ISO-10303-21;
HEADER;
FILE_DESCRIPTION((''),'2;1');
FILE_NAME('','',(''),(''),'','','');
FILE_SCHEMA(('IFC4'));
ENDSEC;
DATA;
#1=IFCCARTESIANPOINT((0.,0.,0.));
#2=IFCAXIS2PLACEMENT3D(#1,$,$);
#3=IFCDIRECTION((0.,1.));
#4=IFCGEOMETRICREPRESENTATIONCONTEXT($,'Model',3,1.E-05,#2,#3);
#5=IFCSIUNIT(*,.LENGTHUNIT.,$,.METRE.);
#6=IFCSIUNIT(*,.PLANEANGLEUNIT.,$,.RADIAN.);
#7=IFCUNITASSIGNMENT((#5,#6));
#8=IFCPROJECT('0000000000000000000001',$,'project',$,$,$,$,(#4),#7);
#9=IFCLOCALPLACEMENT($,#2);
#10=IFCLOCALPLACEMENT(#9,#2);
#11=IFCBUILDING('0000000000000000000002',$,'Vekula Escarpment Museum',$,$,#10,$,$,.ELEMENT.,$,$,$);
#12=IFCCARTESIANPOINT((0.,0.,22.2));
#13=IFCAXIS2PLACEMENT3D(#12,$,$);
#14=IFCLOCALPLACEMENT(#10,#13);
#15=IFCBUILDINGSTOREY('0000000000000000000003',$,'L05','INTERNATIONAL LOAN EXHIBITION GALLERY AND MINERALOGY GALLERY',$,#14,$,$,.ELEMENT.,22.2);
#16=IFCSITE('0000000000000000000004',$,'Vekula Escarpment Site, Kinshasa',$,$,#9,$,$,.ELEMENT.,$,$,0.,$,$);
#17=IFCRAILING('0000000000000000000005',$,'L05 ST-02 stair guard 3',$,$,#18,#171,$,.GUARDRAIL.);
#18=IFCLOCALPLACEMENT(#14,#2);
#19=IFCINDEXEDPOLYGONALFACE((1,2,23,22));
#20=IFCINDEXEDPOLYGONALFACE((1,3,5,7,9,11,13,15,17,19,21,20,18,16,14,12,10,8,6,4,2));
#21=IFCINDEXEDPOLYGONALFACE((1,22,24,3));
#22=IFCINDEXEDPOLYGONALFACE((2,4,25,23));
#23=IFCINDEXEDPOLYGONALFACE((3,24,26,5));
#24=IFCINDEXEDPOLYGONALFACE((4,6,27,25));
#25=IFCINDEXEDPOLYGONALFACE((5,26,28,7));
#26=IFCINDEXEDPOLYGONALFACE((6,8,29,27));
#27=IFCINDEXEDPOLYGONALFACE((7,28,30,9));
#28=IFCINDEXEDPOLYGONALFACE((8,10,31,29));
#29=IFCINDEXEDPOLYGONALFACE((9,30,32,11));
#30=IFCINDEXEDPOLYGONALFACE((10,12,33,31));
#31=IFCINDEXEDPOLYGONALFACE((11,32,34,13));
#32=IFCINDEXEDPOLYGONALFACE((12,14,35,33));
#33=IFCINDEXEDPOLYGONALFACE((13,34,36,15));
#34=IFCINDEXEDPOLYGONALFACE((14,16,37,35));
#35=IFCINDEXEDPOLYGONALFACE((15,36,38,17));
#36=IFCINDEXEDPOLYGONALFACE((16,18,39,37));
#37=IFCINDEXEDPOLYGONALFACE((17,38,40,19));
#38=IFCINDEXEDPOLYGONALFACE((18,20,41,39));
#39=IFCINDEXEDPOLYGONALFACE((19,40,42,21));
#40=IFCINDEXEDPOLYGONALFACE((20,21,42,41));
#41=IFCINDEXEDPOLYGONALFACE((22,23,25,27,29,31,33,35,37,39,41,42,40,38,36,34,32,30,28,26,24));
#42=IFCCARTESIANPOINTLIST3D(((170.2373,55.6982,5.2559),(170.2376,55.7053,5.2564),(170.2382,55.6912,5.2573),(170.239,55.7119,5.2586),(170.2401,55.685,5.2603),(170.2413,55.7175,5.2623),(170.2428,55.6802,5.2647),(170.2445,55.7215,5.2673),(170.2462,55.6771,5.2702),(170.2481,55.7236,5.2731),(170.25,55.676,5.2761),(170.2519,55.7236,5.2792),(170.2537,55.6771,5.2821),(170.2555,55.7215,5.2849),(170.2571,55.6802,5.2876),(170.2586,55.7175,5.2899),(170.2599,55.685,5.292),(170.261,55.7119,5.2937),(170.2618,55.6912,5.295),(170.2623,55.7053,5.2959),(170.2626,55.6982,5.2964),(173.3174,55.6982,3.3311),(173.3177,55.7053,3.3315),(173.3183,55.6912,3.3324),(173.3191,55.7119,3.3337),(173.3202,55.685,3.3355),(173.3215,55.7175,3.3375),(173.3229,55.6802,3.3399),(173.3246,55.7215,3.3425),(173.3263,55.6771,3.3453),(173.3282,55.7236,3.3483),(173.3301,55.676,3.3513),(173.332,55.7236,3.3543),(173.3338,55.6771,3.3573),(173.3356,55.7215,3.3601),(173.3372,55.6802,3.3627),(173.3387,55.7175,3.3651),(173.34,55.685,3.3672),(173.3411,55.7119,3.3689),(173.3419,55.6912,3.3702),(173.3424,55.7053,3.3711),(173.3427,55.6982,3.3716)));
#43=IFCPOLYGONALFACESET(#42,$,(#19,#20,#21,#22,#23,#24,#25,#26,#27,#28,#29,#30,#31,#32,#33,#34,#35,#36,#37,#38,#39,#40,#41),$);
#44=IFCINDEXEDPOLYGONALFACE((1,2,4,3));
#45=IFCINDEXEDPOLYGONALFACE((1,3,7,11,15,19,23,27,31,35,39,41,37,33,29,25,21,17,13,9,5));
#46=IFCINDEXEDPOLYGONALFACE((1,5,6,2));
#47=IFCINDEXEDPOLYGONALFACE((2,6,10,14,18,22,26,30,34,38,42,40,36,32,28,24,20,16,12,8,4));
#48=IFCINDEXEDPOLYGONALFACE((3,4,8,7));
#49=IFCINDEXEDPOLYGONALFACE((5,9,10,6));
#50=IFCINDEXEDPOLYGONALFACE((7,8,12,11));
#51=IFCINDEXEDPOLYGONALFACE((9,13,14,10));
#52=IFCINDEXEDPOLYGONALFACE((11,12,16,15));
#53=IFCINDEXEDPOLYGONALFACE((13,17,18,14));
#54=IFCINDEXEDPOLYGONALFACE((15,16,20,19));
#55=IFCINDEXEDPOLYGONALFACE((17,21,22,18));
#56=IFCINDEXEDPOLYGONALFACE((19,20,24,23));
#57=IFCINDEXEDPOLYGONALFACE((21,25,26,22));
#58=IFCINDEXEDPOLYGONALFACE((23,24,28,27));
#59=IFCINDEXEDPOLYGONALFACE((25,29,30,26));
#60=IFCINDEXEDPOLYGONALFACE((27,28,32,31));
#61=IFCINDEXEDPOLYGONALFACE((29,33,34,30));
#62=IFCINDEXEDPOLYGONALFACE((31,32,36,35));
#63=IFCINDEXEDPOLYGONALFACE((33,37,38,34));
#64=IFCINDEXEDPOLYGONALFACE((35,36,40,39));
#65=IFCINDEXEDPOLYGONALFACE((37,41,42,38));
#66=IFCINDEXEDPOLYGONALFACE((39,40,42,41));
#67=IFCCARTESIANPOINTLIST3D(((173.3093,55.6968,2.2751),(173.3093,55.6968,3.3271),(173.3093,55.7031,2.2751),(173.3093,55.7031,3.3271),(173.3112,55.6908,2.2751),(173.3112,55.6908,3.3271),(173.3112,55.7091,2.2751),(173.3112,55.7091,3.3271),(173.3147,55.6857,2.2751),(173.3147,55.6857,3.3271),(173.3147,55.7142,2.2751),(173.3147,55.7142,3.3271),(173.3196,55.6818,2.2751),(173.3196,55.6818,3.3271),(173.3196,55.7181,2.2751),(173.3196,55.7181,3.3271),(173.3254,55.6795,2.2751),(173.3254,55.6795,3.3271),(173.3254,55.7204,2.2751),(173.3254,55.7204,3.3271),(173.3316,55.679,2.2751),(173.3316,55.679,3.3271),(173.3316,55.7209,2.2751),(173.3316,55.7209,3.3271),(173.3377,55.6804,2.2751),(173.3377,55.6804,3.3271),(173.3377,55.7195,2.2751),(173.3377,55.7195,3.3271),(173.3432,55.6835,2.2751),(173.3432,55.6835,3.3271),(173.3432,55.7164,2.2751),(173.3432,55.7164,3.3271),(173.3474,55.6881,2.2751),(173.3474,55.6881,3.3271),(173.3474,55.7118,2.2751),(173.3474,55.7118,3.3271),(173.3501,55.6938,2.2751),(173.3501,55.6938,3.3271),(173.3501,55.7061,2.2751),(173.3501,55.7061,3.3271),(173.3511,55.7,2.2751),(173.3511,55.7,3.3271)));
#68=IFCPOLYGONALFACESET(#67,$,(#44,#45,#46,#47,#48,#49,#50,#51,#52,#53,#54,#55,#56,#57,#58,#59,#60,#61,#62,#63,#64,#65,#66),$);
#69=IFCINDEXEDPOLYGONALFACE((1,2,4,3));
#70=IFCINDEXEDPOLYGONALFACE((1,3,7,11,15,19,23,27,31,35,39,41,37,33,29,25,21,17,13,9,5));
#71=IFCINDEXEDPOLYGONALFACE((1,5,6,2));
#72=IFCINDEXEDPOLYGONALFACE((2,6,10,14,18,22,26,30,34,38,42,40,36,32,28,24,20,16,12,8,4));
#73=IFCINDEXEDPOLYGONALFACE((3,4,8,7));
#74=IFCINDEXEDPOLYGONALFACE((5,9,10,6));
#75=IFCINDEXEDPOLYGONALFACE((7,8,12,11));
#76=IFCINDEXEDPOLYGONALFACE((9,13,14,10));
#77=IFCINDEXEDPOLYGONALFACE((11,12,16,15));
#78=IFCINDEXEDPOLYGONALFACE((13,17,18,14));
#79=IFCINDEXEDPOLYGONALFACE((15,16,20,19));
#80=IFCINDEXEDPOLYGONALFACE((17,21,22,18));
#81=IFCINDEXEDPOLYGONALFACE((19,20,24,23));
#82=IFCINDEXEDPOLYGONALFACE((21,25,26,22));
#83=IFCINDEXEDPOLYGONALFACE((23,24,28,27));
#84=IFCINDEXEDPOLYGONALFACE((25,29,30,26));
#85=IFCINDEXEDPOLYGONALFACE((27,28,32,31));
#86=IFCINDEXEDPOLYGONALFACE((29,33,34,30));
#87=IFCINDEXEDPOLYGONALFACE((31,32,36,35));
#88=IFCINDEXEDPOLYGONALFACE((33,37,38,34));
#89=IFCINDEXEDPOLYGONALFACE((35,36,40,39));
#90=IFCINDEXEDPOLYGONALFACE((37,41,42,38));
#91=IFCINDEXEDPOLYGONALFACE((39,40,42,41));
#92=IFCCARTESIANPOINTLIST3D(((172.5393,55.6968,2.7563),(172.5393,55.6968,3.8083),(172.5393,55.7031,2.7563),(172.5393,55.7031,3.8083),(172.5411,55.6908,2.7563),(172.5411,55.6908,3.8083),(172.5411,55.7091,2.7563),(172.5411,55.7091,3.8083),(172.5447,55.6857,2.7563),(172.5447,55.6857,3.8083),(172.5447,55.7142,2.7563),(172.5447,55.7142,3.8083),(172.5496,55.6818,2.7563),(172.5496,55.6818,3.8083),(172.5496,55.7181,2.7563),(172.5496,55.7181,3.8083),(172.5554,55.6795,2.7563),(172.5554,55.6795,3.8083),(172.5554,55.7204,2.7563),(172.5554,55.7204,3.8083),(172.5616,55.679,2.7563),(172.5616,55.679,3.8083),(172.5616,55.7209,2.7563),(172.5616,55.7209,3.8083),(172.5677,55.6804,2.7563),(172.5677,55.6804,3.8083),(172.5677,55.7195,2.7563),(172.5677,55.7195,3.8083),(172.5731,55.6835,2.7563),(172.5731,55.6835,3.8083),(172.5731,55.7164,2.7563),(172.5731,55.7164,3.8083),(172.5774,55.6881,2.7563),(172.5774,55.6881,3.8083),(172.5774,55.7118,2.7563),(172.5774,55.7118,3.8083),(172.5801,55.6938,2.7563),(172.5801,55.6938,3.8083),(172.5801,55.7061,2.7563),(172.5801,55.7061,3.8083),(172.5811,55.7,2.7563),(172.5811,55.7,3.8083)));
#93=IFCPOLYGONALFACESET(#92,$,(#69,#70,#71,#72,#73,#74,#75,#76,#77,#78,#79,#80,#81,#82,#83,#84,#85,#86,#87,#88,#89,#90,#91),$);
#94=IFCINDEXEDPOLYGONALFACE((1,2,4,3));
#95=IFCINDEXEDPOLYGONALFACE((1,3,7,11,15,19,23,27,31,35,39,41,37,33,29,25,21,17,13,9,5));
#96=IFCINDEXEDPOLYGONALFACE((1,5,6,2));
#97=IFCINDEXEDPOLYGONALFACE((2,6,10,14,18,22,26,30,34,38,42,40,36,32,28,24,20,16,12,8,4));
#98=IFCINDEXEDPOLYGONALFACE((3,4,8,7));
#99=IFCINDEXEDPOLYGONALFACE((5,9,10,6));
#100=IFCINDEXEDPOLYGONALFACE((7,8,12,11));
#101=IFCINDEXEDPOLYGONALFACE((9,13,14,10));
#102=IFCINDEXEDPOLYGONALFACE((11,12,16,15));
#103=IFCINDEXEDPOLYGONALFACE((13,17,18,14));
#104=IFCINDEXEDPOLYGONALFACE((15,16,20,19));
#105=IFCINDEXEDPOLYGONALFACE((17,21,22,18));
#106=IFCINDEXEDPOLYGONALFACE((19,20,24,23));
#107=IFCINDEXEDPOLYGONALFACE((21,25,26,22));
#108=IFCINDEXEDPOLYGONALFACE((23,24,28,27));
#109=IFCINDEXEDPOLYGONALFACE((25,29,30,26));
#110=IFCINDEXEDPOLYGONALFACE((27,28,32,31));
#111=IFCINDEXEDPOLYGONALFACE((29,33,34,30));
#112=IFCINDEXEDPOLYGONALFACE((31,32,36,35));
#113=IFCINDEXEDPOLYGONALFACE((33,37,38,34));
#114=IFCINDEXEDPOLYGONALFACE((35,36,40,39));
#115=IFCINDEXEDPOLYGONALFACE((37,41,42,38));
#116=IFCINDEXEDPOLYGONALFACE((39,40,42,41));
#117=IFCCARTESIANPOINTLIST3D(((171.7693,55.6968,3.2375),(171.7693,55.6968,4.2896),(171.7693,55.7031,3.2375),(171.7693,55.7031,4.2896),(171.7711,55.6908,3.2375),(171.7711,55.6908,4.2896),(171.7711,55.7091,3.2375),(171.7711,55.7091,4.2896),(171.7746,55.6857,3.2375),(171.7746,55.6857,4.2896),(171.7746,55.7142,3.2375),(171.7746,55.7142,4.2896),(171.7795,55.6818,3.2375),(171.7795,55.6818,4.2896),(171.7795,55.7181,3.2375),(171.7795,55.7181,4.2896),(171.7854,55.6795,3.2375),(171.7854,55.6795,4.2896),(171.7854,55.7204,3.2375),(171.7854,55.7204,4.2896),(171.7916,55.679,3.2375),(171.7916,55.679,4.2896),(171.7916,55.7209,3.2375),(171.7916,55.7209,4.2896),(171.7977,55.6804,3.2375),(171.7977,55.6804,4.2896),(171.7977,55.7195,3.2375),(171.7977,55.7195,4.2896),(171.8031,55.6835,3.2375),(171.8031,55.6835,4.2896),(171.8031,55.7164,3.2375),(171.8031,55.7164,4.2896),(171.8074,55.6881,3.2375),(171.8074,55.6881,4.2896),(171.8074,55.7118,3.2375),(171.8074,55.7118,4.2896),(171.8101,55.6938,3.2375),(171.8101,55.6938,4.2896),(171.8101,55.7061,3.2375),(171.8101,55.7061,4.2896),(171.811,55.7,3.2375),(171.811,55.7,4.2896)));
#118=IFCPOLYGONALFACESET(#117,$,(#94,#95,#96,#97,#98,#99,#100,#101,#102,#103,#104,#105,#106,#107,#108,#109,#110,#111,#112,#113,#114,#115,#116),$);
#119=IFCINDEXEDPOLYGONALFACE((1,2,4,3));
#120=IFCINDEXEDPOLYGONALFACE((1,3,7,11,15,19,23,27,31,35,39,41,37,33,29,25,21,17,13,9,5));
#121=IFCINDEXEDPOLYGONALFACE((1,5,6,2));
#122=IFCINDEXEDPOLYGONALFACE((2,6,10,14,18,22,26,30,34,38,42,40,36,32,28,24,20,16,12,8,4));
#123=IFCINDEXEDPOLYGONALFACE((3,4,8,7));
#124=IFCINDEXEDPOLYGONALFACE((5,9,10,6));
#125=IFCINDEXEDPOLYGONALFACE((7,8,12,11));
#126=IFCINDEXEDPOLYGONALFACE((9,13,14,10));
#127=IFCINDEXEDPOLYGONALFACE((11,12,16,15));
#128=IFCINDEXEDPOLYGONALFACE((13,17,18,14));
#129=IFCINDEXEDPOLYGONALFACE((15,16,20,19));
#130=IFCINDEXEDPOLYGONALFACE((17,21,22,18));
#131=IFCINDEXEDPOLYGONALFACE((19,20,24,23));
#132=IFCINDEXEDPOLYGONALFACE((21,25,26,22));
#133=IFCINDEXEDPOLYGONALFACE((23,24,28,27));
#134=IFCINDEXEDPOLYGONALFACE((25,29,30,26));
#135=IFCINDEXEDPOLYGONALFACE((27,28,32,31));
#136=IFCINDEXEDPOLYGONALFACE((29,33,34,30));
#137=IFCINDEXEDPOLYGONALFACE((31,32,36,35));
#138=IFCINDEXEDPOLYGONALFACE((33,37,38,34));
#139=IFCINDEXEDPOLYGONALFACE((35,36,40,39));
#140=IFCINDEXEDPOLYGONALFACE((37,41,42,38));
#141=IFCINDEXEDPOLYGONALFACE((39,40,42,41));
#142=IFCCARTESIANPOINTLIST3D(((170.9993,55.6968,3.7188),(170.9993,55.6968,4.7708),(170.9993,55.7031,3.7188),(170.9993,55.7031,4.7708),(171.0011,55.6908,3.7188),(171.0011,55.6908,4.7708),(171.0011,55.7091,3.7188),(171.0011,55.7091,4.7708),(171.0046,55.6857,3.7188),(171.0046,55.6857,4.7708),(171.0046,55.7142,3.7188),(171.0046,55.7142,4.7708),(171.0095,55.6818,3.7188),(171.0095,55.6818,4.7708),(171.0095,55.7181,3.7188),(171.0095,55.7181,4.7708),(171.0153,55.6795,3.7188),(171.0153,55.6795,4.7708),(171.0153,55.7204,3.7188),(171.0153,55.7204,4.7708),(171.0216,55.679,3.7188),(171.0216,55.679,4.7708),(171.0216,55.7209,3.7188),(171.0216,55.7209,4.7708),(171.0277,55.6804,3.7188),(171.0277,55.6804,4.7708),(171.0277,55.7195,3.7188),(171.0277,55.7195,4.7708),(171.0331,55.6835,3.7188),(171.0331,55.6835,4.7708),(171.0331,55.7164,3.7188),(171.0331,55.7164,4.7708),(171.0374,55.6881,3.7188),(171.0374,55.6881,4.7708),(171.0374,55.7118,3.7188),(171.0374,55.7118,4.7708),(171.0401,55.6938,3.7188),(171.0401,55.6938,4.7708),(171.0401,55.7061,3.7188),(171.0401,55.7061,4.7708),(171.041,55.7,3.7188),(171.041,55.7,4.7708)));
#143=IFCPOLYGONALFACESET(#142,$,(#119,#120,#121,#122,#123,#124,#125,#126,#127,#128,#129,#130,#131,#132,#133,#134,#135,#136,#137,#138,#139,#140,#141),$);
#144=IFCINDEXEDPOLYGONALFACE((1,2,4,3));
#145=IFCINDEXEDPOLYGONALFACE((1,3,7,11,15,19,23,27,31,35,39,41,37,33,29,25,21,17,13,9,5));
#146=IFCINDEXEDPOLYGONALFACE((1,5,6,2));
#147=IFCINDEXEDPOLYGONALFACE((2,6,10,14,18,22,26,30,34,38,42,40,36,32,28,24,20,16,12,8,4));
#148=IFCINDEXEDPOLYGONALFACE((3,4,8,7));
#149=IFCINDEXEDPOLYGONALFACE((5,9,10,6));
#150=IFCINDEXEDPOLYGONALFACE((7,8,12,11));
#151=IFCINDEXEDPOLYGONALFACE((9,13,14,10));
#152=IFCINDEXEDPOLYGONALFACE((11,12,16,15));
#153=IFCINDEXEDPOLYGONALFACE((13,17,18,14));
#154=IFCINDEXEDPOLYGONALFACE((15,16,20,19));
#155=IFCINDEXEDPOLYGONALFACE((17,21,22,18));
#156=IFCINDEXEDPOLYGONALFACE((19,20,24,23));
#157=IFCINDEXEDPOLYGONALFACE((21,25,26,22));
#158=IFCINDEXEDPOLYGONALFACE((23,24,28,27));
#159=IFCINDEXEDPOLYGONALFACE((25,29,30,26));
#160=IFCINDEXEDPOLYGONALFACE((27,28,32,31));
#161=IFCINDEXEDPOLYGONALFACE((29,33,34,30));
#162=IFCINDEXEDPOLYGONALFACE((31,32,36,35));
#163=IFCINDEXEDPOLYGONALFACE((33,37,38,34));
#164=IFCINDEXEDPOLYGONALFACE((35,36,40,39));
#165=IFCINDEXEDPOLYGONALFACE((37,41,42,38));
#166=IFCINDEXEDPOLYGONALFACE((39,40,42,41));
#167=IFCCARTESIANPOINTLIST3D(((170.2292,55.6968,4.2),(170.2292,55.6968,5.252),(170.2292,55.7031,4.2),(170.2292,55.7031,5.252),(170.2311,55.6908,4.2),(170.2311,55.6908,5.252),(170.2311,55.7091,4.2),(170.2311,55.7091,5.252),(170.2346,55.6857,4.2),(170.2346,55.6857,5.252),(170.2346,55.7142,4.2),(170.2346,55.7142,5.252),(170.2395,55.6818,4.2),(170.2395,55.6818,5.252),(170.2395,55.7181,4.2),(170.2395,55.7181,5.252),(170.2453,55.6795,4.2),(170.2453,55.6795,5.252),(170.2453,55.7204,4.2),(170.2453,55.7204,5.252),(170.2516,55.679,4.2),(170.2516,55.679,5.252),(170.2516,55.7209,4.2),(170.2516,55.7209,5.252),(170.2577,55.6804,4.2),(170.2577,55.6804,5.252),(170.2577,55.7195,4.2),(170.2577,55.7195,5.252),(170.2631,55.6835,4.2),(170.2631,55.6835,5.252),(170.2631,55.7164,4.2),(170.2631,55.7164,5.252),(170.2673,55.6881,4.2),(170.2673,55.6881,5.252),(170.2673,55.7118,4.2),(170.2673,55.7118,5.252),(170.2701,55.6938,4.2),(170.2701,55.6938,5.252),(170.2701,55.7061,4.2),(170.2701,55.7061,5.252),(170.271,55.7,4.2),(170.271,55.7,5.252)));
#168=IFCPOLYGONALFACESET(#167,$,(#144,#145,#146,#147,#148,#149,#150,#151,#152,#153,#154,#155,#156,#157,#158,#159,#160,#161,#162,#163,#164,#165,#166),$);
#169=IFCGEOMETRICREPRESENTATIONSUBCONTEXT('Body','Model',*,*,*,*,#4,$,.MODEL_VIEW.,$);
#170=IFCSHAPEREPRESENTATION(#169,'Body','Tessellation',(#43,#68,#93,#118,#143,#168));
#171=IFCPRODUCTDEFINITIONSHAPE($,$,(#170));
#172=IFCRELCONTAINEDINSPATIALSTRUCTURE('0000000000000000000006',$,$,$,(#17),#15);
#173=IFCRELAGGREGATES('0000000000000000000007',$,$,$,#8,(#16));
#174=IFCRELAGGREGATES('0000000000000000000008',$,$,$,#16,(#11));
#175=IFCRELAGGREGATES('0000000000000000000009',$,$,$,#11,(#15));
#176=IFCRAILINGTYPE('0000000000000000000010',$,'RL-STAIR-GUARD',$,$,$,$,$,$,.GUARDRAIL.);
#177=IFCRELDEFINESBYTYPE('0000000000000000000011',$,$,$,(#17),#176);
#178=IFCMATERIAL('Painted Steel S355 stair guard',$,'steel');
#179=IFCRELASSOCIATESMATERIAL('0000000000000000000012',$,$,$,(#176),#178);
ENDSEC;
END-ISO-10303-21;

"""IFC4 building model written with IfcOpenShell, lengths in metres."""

from ifc_helpers import new_model, si_unit, direction, frame, origin, origin_2d, place, context, subcontext, project, spatial, circle, extrude, material, type_object, element, save


model = new_model("IFC4")

# Units and contexts
model_context = context("Model", 3, precision=1e-05, world=origin(), true_north=direction((0.0, 1.0)))
body_context = subcontext(model_context, "Body", "Model", "MODEL_VIEW")
ifc_project = project(units=[si_unit("LENGTHUNIT", "METRE"), si_unit("PLANEANGLEUNIT", "RADIAN")], contexts=[model_context])

# Site, building, storey
site_placement = place(None, origin())
site = spatial("IfcSite", under=ifc_project, at=site_placement, Name="Vekula Escarpment Site, Kinshasa", CompositionType="ELEMENT", RefElevation=0.0)
building_placement = place(site_placement, origin())
building = spatial("IfcBuilding", under=site, at=building_placement, Name="Vekula Escarpment Museum", CompositionType="ELEMENT")
storey_placement = place(building_placement, frame((0.0, 0.0, 22.2)))
storey = spatial("IfcBuildingStorey", under=building, at=storey_placement, Name="L05", Description="INTERNATIONAL LOAN EXHIBITION GALLERY AND MINERALOGY GALLERY", CompositionType="ELEMENT", Elevation=22.2)

# Railing
ifc_material_1 = material(Name="Painted Steel S355 stair guard", Category="steel")
railing_type_1 = type_object("IfcRailingType", Name="RL-STAIR-GUARD", PredefinedType="GUARDRAIL", material=ifc_material_1)
railing_1_placement = place(storey_placement, frame((173.3301, 55.7, 2.2751)))
element("IfcRailing", 1, at=railing_1_placement, inside=storey, type_object=railing_type_1, Name="L05 ST-02 stair guard 3", PredefinedType="GUARDRAIL", context=body_context, shape_type="SweptSolid", body=[
    extrude(circle(Radius=0.0239, at=origin_2d()), frame((0.0, 0.0, 1.0762), z_axis=(-0.848029, 0.0, 0.529951), x_axis=(0.0, -1.0, 0.0)), (0.0, 0.0, 1.0), 3.6321),
    extrude(circle(Radius=0.021, at=origin_2d()), origin(), (0.0, 0.0, 1.0), 1.052),
    extrude(circle(Radius=0.021, at=origin_2d()), frame((-0.77, 0.0, 0.4812)), (0.0, 0.0, 1.0), 1.052),
    extrude(circle(Radius=0.021, at=origin_2d()), frame((-1.54, 0.0, 0.9624)), (0.0, 0.0, 1.0), 1.052),
    extrude(circle(Radius=0.021, at=origin_2d()), frame((-2.3101, 0.0, 1.4436)), (0.0, 0.0, 1.0), 1.052),
    extrude(circle(Radius=0.021, at=origin_2d()), frame((-3.0801, 0.0, 1.9248)), (0.0, 0.0, 1.0), 1.052),
])

save(model, "model.ifc")
